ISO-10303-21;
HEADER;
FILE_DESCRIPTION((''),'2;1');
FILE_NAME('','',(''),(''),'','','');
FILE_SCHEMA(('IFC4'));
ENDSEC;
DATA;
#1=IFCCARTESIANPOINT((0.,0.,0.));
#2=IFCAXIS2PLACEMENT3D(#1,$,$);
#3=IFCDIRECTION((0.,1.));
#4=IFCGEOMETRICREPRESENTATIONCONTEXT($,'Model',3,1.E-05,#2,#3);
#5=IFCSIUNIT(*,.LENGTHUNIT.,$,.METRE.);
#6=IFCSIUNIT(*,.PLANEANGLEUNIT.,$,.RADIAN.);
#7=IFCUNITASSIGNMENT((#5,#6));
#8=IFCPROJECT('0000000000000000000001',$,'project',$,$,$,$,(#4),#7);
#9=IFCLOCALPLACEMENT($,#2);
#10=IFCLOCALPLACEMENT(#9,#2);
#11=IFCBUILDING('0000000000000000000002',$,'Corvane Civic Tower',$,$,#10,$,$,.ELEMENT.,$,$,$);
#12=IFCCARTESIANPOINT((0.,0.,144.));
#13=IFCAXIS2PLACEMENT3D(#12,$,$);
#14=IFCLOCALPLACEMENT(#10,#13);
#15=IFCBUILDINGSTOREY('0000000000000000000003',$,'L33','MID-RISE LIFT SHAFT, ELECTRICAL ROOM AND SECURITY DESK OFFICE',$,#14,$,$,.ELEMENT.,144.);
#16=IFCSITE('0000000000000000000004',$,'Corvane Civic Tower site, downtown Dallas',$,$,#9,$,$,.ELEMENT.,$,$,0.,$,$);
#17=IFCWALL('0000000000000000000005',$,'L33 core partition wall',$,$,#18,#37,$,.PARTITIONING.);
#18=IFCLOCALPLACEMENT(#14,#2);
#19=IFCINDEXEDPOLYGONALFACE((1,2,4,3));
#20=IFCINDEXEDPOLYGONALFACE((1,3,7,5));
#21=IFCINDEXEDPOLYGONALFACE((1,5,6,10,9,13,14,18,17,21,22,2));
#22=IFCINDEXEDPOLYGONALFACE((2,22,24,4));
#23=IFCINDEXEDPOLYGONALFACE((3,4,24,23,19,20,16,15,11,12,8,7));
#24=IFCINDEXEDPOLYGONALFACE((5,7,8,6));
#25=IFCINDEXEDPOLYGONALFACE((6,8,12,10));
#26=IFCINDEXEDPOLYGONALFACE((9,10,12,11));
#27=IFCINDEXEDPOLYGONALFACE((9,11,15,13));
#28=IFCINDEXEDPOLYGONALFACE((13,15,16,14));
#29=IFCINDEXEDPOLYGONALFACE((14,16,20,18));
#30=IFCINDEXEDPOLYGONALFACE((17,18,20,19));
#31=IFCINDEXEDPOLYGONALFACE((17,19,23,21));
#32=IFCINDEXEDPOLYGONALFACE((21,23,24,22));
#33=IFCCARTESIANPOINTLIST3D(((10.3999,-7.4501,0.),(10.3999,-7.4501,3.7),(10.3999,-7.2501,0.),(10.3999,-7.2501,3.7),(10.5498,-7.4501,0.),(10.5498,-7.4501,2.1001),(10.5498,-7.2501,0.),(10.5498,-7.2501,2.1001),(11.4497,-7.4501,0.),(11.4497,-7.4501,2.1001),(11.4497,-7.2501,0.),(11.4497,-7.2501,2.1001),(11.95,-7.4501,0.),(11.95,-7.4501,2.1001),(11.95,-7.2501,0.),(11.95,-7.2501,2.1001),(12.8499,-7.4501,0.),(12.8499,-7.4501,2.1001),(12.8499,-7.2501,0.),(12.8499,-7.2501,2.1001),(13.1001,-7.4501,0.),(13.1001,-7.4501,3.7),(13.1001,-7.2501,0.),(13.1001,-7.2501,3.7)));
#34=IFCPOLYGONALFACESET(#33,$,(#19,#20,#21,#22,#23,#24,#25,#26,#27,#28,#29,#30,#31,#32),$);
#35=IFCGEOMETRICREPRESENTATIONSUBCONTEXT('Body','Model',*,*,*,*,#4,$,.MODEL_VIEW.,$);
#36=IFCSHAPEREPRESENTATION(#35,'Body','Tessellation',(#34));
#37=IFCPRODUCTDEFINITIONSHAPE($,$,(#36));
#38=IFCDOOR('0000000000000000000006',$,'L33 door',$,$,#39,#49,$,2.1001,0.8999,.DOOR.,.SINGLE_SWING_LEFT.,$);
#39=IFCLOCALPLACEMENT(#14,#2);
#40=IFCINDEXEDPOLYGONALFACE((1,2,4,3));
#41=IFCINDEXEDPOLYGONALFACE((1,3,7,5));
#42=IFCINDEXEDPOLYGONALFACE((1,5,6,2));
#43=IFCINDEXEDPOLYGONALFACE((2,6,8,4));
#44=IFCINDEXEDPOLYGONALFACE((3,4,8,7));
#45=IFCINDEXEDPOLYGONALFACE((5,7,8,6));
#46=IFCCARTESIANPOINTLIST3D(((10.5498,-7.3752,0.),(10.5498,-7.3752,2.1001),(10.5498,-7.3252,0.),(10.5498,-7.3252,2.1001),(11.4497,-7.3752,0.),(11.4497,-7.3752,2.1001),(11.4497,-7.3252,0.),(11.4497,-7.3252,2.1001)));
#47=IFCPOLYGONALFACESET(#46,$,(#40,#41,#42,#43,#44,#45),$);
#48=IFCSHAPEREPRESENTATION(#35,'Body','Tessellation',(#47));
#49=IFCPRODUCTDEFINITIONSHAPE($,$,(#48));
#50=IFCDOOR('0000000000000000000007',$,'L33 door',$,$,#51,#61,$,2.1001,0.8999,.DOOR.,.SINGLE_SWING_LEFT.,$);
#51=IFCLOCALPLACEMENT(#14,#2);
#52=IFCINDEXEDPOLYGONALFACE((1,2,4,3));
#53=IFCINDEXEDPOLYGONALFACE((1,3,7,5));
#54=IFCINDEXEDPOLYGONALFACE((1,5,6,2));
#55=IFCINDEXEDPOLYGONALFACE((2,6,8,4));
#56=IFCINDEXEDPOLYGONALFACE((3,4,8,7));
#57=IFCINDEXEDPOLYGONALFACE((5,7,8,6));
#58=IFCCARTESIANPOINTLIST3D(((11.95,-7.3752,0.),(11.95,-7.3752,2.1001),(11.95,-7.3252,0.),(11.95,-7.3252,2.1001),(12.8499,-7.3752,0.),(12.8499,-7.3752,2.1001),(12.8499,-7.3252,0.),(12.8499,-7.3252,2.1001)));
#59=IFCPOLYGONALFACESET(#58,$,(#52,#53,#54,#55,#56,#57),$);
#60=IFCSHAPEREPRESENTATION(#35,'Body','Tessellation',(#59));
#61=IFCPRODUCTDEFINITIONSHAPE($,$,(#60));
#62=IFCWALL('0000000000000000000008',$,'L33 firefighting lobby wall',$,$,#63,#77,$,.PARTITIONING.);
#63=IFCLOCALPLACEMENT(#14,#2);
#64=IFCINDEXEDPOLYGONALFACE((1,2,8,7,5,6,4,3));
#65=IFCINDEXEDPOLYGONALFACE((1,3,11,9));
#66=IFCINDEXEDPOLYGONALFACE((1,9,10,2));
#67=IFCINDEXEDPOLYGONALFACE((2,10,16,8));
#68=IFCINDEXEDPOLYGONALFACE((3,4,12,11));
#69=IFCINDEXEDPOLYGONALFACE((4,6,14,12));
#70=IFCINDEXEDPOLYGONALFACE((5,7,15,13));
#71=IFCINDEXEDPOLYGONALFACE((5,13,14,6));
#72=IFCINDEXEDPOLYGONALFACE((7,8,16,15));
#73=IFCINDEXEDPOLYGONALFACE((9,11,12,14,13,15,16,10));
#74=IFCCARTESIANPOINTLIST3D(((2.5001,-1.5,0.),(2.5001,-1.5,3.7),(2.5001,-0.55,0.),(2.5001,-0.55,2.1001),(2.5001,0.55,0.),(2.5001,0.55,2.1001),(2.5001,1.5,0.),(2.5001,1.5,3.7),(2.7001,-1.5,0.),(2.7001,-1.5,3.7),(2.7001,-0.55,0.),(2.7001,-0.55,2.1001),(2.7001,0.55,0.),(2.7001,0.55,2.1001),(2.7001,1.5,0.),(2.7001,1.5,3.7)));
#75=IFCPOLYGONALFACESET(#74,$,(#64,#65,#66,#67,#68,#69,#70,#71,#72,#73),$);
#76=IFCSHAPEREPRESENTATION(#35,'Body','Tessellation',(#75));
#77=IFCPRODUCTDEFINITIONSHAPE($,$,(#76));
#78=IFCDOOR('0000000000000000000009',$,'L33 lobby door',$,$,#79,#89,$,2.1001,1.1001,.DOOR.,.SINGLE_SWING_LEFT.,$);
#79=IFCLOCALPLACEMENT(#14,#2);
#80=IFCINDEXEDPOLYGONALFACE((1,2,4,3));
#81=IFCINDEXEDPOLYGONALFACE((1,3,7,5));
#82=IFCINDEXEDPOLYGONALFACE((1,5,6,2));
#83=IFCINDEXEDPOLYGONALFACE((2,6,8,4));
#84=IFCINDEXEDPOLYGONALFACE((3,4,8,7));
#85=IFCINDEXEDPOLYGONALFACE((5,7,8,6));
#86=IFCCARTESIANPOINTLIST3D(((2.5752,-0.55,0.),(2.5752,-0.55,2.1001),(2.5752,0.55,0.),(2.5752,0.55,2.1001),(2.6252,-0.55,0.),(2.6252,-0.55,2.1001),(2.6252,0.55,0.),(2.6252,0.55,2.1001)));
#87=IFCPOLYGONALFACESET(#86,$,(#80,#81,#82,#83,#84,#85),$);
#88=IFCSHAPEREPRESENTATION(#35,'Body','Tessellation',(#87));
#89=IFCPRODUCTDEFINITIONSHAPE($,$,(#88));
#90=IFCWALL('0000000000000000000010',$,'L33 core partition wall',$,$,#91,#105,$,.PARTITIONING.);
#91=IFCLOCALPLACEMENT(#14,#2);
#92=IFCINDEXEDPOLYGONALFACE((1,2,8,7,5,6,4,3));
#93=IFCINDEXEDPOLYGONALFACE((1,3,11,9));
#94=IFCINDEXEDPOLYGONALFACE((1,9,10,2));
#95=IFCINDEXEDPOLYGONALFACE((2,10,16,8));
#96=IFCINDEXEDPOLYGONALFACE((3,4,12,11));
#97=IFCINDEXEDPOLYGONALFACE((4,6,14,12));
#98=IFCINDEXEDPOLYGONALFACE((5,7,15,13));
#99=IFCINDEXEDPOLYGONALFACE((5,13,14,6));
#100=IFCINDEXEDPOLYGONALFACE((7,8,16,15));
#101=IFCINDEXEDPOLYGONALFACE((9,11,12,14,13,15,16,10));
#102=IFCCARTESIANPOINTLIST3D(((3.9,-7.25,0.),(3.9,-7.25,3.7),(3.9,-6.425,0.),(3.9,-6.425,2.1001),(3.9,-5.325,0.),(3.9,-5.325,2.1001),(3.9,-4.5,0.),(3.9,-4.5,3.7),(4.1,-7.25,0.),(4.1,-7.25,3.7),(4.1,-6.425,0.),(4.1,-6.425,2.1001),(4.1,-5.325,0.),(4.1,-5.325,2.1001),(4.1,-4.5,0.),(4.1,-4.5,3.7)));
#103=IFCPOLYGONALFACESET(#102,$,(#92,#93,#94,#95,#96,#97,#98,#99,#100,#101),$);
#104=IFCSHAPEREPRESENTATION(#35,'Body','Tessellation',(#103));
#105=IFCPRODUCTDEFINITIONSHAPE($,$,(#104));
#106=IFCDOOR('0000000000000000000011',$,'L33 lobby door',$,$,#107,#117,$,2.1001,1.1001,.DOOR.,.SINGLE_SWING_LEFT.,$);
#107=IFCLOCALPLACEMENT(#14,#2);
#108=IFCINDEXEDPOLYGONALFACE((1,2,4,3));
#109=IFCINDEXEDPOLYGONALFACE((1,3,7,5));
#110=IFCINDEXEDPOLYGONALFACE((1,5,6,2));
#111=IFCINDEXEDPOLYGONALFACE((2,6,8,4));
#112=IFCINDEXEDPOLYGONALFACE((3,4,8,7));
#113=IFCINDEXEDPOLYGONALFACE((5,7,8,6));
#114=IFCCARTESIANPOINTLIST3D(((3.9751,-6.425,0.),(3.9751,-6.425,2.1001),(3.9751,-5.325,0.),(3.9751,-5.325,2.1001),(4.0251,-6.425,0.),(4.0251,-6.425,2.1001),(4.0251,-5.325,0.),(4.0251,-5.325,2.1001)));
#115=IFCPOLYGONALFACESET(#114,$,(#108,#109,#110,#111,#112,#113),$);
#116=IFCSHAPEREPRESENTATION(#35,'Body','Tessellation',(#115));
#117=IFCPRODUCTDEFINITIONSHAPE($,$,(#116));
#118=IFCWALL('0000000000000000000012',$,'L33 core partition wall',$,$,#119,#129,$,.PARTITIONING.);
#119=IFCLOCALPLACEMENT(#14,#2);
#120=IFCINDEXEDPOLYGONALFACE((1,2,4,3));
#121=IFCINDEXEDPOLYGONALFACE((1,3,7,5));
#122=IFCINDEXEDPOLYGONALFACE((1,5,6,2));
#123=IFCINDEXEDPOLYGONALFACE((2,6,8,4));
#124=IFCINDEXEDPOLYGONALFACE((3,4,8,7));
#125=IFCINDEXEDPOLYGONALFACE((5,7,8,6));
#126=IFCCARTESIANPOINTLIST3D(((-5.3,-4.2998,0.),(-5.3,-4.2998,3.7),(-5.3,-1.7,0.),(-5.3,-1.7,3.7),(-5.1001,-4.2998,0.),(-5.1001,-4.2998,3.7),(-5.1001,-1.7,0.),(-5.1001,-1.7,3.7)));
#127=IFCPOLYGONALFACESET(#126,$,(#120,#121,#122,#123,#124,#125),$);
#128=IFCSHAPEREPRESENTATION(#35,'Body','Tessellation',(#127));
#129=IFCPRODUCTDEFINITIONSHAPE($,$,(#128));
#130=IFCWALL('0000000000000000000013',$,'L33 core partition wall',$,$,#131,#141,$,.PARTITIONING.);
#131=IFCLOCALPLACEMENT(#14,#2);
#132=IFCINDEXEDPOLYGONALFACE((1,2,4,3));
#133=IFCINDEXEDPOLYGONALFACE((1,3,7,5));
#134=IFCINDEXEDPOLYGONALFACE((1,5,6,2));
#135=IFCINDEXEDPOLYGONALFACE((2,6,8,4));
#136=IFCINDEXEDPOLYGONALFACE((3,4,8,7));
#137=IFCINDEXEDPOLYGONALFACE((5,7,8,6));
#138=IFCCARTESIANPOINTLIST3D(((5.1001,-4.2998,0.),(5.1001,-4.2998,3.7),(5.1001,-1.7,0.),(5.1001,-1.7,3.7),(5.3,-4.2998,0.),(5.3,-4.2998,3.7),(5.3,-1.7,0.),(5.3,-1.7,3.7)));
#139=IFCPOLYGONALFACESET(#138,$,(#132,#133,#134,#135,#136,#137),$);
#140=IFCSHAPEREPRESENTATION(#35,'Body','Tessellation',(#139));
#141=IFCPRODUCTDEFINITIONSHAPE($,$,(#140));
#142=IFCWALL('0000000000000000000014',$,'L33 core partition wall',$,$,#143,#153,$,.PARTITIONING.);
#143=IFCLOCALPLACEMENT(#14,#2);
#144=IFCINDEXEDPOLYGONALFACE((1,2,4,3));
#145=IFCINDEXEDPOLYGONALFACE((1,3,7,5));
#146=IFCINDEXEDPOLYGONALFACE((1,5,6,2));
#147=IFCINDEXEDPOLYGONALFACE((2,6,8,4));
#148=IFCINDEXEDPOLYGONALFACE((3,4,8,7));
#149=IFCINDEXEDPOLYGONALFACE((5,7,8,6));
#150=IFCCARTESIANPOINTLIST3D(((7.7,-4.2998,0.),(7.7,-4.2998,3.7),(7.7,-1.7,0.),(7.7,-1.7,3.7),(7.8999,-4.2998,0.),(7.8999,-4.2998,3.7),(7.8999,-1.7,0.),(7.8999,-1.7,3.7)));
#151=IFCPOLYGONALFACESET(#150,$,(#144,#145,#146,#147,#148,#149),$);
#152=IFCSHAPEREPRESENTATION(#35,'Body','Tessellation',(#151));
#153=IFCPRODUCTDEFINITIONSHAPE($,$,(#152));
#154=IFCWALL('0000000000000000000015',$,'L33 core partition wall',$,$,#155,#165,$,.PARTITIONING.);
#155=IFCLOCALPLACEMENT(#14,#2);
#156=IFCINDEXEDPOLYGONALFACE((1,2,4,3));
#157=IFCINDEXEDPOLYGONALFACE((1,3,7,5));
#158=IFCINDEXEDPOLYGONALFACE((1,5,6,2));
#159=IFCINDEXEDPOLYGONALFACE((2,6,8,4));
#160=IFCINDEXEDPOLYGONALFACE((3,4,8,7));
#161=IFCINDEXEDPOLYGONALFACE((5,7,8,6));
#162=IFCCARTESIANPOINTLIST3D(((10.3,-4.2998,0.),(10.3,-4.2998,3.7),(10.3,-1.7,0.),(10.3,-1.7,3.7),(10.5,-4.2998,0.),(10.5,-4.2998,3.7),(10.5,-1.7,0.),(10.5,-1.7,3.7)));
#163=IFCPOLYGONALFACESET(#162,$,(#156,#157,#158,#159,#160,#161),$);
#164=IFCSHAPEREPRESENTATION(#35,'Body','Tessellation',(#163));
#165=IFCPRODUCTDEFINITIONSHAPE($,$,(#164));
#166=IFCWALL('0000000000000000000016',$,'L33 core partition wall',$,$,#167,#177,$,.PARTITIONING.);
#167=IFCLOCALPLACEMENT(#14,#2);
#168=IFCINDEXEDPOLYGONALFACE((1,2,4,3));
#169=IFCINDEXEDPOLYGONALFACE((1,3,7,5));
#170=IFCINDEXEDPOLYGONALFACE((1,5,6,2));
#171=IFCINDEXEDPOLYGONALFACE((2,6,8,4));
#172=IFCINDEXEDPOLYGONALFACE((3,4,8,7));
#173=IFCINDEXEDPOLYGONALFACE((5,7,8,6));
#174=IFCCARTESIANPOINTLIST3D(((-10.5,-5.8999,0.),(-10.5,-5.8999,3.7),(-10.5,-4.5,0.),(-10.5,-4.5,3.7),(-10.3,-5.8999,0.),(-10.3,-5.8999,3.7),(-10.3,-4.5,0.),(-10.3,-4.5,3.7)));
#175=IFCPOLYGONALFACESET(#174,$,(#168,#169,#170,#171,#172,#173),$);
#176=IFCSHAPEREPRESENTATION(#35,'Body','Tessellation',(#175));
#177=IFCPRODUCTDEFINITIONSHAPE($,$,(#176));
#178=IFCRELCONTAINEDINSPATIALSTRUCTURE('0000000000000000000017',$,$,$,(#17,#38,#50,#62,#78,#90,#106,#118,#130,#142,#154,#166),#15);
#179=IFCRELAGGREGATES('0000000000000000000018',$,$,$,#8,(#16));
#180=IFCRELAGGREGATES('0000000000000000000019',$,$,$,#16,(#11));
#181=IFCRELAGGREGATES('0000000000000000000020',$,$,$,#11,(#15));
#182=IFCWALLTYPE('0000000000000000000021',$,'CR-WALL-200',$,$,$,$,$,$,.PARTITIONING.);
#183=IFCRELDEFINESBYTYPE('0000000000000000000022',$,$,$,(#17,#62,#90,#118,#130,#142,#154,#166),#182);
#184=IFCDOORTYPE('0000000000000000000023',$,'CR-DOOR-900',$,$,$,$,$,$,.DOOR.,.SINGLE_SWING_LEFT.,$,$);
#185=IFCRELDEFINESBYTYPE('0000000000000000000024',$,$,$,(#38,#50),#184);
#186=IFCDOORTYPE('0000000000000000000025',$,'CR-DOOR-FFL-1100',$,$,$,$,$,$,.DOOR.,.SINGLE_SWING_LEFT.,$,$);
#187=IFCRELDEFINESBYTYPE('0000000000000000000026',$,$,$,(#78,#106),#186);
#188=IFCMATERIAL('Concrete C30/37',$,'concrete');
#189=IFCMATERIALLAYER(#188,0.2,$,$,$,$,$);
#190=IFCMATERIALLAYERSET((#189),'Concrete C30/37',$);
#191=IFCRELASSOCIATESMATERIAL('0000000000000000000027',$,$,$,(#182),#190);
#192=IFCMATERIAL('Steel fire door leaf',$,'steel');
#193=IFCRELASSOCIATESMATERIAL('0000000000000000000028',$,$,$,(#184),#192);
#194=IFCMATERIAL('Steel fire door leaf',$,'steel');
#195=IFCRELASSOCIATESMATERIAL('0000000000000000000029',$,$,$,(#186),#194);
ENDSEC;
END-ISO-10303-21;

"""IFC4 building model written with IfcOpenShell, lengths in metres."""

from ifc_helpers import new_model, si_unit, direction, frame, frame_2d, origin, place, context, subcontext, project, spatial, polyline, rectangle, outline, extrude, material, layer, layer_set, type_object, element, fill, save


model = new_model("IFC4")

# Units and contexts
model_context = context("Model", 3, precision=1e-05, world=origin(), true_north=direction((0.0, 1.0)))
body_context = subcontext(model_context, "Body", "Model", "MODEL_VIEW")
ifc_project = project(units=[si_unit("LENGTHUNIT", "METRE"), si_unit("PLANEANGLEUNIT", "RADIAN")], contexts=[model_context])

# Site, building, storey
site_placement = place(None, origin())
site = spatial("IfcSite", under=ifc_project, at=site_placement, Name="Corvane Civic Tower site, downtown Dallas", CompositionType="ELEMENT", RefElevation=0.0)
building_placement = place(site_placement, origin())
building = spatial("IfcBuilding", under=site, at=building_placement, Name="Corvane Civic Tower", CompositionType="ELEMENT")
storey_placement = place(building_placement, frame((0.0, 0.0, 144.0)))
storey = spatial("IfcBuildingStorey", under=building, at=storey_placement, Name="L33", Description="MID-RISE LIFT SHAFT, ELECTRICAL ROOM AND SECURITY DESK OFFICE", CompositionType="ELEMENT", Elevation=144.0)

# Wall, openings, doors
ifc_material_1 = material(Name="Concrete C30/37", Category="concrete")
ifc_layer = layer(ifc_material_1, 0.2)
ifc_layer_set = layer_set([ifc_layer], Name="Concrete C30/37")
wall_type = type_object("IfcWallType", Name="CR-WALL-200", PredefinedType="PARTITIONING", material=ifc_layer_set)
wall_1_placement = place(storey_placement, frame((10.3999, -7.3501, 0.0), z_axis=(0.0, 0.0, 1.0), x_axis=(1.0, 0.0, 0.0)))
wall_1 = element("IfcWall", 1, at=wall_1_placement, inside=storey, type_object=wall_type, Name="L33 core partition wall", PredefinedType="PARTITIONING", context=body_context, shape_type="SweptSolid", body=[
    extrude(rectangle(XDim=2.7002, YDim=0.2, at=frame_2d((1.3501, 0.0))), origin(), (0.0, 0.0, 1.0), 3.7),
])
opening_1_placement = place(wall_1_placement, frame((0.1499, 0.0, 0.0)))
opening_1 = element("IfcOpeningElement", 2, at=opening_1_placement, cuts=wall_1, PredefinedType="OPENING", context=body_context, shape_type="SweptSolid", body=[
    extrude(rectangle(XDim=0.8999, YDim=2.1001, at=frame_2d((0.45, 1.05))), frame((0.0, 0.1099, 0.0), z_axis=(0.0, -1.0, 0.0), x_axis=(1.0, 0.0, 0.0)), (0.0, 0.0, 1.0), 0.22),
])
opening_2_placement = place(wall_1_placement, frame((1.55, 0.0, 0.0)))
opening_2 = element("IfcOpeningElement", 3, at=opening_2_placement, cuts=wall_1, PredefinedType="OPENING", context=body_context, shape_type="SweptSolid", body=[
    extrude(rectangle(XDim=0.8999, YDim=2.1001, at=frame_2d((0.45, 1.05))), frame((0.0, 0.1099, 0.0), z_axis=(0.0, -1.0, 0.0), x_axis=(1.0, 0.0, 0.0)), (0.0, 0.0, 1.0), 0.22),
])
ifc_material_2 = material(Name="Steel fire door leaf", Category="steel")
door_type_1 = type_object("IfcDoorType", Name="CR-DOOR-900", OperationType="SINGLE_SWING_LEFT", PredefinedType="DOOR", material=ifc_material_2)
door_1_placement = place(opening_1_placement, origin())
door_1 = element("IfcDoor", 4, at=door_1_placement, inside=storey, type_object=door_type_1, Name="L33 door", OperationType="SINGLE_SWING_LEFT", OverallHeight=2.1001, OverallWidth=0.8999, PredefinedType="DOOR", context=body_context, shape_type="SweptSolid", body=[
    extrude(rectangle(XDim=0.8999, YDim=2.1001, at=frame_2d((0.45, 1.05))), frame((0.0, 0.0249, 0.0), z_axis=(0.0, -1.0, 0.0), x_axis=(1.0, 0.0, 0.0)), (0.0, 0.0, 1.0), 0.05),
])
fill(opening_1, door_1)
door_2_placement = place(opening_2_placement, origin())
door_2 = element("IfcDoor", 5, at=door_2_placement, inside=storey, type_object=door_type_1, Name="L33 door", OperationType="SINGLE_SWING_LEFT", OverallHeight=2.1001, OverallWidth=0.8999, PredefinedType="DOOR", context=body_context, shape_type="SweptSolid", body=[
    extrude(rectangle(XDim=0.8999, YDim=2.1001, at=frame_2d((0.45, 1.05))), frame((0.0, 0.0249, 0.0), z_axis=(0.0, -1.0, 0.0), x_axis=(1.0, 0.0, 0.0)), (0.0, 0.0, 1.0), 0.05),
])
fill(opening_2, door_2)

# Walls, openings, doors
wall_2_placement = place(storey_placement, frame((2.6001, -1.5, 0.0), z_axis=(0.0, 0.0, 1.0), x_axis=(0.0, 1.0, 0.0)))
wall_2 = element("IfcWall", 6, at=wall_2_placement, inside=storey, type_object=wall_type, Name="L33 firefighting lobby wall", PredefinedType="PARTITIONING", context=body_context, shape_type="SweptSolid", body=[
    extrude(rectangle(XDim=3.0, YDim=0.2, at=frame_2d((1.5, 0.0))), origin(), (0.0, 0.0, 1.0), 3.7),
])
opening_3_placement = place(wall_2_placement, frame((0.95, 0.0, 0.0)))
opening_3 = element("IfcOpeningElement", 7, at=opening_3_placement, cuts=wall_2, PredefinedType="OPENING", context=body_context, shape_type="SweptSolid", body=[
    extrude(rectangle(XDim=1.1001, YDim=2.1001, at=frame_2d((0.55, 1.05))), frame((0.0, 0.1099, 0.0), z_axis=(0.0, -1.0, 0.0), x_axis=(1.0, 0.0, 0.0)), (0.0, 0.0, 1.0), 0.22),
])
ifc_material_3 = material(Name="Steel fire door leaf", Category="steel")
door_type_2 = type_object("IfcDoorType", Name="CR-DOOR-FFL-1100", OperationType="SINGLE_SWING_LEFT", PredefinedType="DOOR", material=ifc_material_3)
door_3_placement = place(opening_3_placement, origin())
door_3 = element("IfcDoor", 8, at=door_3_placement, inside=storey, type_object=door_type_2, Name="L33 lobby door", OperationType="SINGLE_SWING_LEFT", OverallHeight=2.1001, OverallWidth=1.1001, PredefinedType="DOOR", context=body_context, shape_type="SweptSolid", body=[
    extrude(rectangle(XDim=1.1001, YDim=2.1001, at=frame_2d((0.55, 1.05))), frame((0.0, 0.0249, 0.0), z_axis=(0.0, -1.0, 0.0), x_axis=(1.0, 0.0, 0.0)), (0.0, 0.0, 1.0), 0.05),
])
fill(opening_3, door_3)
wall_3_placement = place(storey_placement, frame((4.0, -7.25, 0.0), z_axis=(0.0, 0.0, 1.0), x_axis=(0.0, 1.0, 0.0)))
wall_3 = element("IfcWall", 9, at=wall_3_placement, inside=storey, type_object=wall_type, Name="L33 core partition wall", PredefinedType="PARTITIONING", context=body_context, shape_type="SweptSolid", body=[
    extrude(rectangle(XDim=2.75, YDim=0.2, at=frame_2d((1.375, 0.0))), origin(), (0.0, 0.0, 1.0), 3.7),
])
opening_4_placement = place(wall_3_placement, frame((0.825, 0.0, 0.0)))
opening_4 = element("IfcOpeningElement", 10, at=opening_4_placement, cuts=wall_3, PredefinedType="OPENING", context=body_context, shape_type="SweptSolid", body=[
    extrude(rectangle(XDim=1.1001, YDim=2.1001, at=frame_2d((0.55, 1.05))), frame((0.0, 0.1099, 0.0), z_axis=(0.0, -1.0, 0.0), x_axis=(1.0, 0.0, 0.0)), (0.0, 0.0, 1.0), 0.22),
])
door_4_placement = place(opening_4_placement, origin())
door_4 = element("IfcDoor", 11, at=door_4_placement, inside=storey, type_object=door_type_2, Name="L33 lobby door", OperationType="SINGLE_SWING_LEFT", OverallHeight=2.1001, OverallWidth=1.1001, PredefinedType="DOOR", context=body_context, shape_type="SweptSolid", body=[
    extrude(rectangle(XDim=1.1001, YDim=2.1001, at=frame_2d((0.55, 1.05))), frame((0.0, 0.0249, 0.0), z_axis=(0.0, -1.0, 0.0), x_axis=(1.0, 0.0, 0.0)), (0.0, 0.0, 1.0), 0.05),
])
fill(opening_4, door_4)

# Walls
wall_4_placement = place(storey_placement, origin())
element("IfcWall", 12, at=wall_4_placement, inside=storey, type_object=wall_type, Name="L33 core partition wall", PredefinedType="PARTITIONING", context=body_context, shape_type="SweptSolid", body=[
    extrude(outline(polyline([(-5.1001, -1.7), (-5.1001, -4.2998), (-5.3, -4.2998), (-5.3, -1.7), (-5.1001, -1.7)])), origin(), (0.0, 0.0, 1.0), 3.7),
])
wall_5_placement = place(storey_placement, origin())
element("IfcWall", 13, at=wall_5_placement, inside=storey, type_object=wall_type, Name="L33 core partition wall", PredefinedType="PARTITIONING", context=body_context, shape_type="SweptSolid", body=[
    extrude(outline(polyline([(5.3, -1.7), (5.3, -4.2998), (5.1001, -4.2998), (5.1001, -1.7), (5.3, -1.7)])), origin(), (0.0, 0.0, 1.0), 3.7),
])
wall_6_placement = place(storey_placement, origin())
element("IfcWall", 14, at=wall_6_placement, inside=storey, type_object=wall_type, Name="L33 core partition wall", PredefinedType="PARTITIONING", context=body_context, shape_type="SweptSolid", body=[
    extrude(outline(polyline([(7.8999, -1.7), (7.8999, -4.2998), (7.7, -4.2998), (7.7, -1.7), (7.8999, -1.7)])), origin(), (0.0, 0.0, 1.0), 3.7),
])
wall_7_placement = place(storey_placement, origin())
element("IfcWall", 15, at=wall_7_placement, inside=storey, type_object=wall_type, Name="L33 core partition wall", PredefinedType="PARTITIONING", context=body_context, shape_type="SweptSolid", body=[
    extrude(outline(polyline([(10.5, -1.7), (10.5, -4.2998), (10.3, -4.2998), (10.3, -1.7), (10.5, -1.7)])), origin(), (0.0, 0.0, 1.0), 3.7),
])
wall_8_placement = place(storey_placement, origin())
element("IfcWall", 16, at=wall_8_placement, inside=storey, type_object=wall_type, Name="L33 core partition wall", PredefinedType="PARTITIONING", context=body_context, shape_type="SweptSolid", body=[
    extrude(outline(polyline([(-10.3, -5.8999), (-10.5, -5.8999), (-10.5, -4.5), (-10.3, -4.5), (-10.3, -5.8999)])), origin(), (0.0, 0.0, 1.0), 3.7),
])

save(model, "model.ifc")
